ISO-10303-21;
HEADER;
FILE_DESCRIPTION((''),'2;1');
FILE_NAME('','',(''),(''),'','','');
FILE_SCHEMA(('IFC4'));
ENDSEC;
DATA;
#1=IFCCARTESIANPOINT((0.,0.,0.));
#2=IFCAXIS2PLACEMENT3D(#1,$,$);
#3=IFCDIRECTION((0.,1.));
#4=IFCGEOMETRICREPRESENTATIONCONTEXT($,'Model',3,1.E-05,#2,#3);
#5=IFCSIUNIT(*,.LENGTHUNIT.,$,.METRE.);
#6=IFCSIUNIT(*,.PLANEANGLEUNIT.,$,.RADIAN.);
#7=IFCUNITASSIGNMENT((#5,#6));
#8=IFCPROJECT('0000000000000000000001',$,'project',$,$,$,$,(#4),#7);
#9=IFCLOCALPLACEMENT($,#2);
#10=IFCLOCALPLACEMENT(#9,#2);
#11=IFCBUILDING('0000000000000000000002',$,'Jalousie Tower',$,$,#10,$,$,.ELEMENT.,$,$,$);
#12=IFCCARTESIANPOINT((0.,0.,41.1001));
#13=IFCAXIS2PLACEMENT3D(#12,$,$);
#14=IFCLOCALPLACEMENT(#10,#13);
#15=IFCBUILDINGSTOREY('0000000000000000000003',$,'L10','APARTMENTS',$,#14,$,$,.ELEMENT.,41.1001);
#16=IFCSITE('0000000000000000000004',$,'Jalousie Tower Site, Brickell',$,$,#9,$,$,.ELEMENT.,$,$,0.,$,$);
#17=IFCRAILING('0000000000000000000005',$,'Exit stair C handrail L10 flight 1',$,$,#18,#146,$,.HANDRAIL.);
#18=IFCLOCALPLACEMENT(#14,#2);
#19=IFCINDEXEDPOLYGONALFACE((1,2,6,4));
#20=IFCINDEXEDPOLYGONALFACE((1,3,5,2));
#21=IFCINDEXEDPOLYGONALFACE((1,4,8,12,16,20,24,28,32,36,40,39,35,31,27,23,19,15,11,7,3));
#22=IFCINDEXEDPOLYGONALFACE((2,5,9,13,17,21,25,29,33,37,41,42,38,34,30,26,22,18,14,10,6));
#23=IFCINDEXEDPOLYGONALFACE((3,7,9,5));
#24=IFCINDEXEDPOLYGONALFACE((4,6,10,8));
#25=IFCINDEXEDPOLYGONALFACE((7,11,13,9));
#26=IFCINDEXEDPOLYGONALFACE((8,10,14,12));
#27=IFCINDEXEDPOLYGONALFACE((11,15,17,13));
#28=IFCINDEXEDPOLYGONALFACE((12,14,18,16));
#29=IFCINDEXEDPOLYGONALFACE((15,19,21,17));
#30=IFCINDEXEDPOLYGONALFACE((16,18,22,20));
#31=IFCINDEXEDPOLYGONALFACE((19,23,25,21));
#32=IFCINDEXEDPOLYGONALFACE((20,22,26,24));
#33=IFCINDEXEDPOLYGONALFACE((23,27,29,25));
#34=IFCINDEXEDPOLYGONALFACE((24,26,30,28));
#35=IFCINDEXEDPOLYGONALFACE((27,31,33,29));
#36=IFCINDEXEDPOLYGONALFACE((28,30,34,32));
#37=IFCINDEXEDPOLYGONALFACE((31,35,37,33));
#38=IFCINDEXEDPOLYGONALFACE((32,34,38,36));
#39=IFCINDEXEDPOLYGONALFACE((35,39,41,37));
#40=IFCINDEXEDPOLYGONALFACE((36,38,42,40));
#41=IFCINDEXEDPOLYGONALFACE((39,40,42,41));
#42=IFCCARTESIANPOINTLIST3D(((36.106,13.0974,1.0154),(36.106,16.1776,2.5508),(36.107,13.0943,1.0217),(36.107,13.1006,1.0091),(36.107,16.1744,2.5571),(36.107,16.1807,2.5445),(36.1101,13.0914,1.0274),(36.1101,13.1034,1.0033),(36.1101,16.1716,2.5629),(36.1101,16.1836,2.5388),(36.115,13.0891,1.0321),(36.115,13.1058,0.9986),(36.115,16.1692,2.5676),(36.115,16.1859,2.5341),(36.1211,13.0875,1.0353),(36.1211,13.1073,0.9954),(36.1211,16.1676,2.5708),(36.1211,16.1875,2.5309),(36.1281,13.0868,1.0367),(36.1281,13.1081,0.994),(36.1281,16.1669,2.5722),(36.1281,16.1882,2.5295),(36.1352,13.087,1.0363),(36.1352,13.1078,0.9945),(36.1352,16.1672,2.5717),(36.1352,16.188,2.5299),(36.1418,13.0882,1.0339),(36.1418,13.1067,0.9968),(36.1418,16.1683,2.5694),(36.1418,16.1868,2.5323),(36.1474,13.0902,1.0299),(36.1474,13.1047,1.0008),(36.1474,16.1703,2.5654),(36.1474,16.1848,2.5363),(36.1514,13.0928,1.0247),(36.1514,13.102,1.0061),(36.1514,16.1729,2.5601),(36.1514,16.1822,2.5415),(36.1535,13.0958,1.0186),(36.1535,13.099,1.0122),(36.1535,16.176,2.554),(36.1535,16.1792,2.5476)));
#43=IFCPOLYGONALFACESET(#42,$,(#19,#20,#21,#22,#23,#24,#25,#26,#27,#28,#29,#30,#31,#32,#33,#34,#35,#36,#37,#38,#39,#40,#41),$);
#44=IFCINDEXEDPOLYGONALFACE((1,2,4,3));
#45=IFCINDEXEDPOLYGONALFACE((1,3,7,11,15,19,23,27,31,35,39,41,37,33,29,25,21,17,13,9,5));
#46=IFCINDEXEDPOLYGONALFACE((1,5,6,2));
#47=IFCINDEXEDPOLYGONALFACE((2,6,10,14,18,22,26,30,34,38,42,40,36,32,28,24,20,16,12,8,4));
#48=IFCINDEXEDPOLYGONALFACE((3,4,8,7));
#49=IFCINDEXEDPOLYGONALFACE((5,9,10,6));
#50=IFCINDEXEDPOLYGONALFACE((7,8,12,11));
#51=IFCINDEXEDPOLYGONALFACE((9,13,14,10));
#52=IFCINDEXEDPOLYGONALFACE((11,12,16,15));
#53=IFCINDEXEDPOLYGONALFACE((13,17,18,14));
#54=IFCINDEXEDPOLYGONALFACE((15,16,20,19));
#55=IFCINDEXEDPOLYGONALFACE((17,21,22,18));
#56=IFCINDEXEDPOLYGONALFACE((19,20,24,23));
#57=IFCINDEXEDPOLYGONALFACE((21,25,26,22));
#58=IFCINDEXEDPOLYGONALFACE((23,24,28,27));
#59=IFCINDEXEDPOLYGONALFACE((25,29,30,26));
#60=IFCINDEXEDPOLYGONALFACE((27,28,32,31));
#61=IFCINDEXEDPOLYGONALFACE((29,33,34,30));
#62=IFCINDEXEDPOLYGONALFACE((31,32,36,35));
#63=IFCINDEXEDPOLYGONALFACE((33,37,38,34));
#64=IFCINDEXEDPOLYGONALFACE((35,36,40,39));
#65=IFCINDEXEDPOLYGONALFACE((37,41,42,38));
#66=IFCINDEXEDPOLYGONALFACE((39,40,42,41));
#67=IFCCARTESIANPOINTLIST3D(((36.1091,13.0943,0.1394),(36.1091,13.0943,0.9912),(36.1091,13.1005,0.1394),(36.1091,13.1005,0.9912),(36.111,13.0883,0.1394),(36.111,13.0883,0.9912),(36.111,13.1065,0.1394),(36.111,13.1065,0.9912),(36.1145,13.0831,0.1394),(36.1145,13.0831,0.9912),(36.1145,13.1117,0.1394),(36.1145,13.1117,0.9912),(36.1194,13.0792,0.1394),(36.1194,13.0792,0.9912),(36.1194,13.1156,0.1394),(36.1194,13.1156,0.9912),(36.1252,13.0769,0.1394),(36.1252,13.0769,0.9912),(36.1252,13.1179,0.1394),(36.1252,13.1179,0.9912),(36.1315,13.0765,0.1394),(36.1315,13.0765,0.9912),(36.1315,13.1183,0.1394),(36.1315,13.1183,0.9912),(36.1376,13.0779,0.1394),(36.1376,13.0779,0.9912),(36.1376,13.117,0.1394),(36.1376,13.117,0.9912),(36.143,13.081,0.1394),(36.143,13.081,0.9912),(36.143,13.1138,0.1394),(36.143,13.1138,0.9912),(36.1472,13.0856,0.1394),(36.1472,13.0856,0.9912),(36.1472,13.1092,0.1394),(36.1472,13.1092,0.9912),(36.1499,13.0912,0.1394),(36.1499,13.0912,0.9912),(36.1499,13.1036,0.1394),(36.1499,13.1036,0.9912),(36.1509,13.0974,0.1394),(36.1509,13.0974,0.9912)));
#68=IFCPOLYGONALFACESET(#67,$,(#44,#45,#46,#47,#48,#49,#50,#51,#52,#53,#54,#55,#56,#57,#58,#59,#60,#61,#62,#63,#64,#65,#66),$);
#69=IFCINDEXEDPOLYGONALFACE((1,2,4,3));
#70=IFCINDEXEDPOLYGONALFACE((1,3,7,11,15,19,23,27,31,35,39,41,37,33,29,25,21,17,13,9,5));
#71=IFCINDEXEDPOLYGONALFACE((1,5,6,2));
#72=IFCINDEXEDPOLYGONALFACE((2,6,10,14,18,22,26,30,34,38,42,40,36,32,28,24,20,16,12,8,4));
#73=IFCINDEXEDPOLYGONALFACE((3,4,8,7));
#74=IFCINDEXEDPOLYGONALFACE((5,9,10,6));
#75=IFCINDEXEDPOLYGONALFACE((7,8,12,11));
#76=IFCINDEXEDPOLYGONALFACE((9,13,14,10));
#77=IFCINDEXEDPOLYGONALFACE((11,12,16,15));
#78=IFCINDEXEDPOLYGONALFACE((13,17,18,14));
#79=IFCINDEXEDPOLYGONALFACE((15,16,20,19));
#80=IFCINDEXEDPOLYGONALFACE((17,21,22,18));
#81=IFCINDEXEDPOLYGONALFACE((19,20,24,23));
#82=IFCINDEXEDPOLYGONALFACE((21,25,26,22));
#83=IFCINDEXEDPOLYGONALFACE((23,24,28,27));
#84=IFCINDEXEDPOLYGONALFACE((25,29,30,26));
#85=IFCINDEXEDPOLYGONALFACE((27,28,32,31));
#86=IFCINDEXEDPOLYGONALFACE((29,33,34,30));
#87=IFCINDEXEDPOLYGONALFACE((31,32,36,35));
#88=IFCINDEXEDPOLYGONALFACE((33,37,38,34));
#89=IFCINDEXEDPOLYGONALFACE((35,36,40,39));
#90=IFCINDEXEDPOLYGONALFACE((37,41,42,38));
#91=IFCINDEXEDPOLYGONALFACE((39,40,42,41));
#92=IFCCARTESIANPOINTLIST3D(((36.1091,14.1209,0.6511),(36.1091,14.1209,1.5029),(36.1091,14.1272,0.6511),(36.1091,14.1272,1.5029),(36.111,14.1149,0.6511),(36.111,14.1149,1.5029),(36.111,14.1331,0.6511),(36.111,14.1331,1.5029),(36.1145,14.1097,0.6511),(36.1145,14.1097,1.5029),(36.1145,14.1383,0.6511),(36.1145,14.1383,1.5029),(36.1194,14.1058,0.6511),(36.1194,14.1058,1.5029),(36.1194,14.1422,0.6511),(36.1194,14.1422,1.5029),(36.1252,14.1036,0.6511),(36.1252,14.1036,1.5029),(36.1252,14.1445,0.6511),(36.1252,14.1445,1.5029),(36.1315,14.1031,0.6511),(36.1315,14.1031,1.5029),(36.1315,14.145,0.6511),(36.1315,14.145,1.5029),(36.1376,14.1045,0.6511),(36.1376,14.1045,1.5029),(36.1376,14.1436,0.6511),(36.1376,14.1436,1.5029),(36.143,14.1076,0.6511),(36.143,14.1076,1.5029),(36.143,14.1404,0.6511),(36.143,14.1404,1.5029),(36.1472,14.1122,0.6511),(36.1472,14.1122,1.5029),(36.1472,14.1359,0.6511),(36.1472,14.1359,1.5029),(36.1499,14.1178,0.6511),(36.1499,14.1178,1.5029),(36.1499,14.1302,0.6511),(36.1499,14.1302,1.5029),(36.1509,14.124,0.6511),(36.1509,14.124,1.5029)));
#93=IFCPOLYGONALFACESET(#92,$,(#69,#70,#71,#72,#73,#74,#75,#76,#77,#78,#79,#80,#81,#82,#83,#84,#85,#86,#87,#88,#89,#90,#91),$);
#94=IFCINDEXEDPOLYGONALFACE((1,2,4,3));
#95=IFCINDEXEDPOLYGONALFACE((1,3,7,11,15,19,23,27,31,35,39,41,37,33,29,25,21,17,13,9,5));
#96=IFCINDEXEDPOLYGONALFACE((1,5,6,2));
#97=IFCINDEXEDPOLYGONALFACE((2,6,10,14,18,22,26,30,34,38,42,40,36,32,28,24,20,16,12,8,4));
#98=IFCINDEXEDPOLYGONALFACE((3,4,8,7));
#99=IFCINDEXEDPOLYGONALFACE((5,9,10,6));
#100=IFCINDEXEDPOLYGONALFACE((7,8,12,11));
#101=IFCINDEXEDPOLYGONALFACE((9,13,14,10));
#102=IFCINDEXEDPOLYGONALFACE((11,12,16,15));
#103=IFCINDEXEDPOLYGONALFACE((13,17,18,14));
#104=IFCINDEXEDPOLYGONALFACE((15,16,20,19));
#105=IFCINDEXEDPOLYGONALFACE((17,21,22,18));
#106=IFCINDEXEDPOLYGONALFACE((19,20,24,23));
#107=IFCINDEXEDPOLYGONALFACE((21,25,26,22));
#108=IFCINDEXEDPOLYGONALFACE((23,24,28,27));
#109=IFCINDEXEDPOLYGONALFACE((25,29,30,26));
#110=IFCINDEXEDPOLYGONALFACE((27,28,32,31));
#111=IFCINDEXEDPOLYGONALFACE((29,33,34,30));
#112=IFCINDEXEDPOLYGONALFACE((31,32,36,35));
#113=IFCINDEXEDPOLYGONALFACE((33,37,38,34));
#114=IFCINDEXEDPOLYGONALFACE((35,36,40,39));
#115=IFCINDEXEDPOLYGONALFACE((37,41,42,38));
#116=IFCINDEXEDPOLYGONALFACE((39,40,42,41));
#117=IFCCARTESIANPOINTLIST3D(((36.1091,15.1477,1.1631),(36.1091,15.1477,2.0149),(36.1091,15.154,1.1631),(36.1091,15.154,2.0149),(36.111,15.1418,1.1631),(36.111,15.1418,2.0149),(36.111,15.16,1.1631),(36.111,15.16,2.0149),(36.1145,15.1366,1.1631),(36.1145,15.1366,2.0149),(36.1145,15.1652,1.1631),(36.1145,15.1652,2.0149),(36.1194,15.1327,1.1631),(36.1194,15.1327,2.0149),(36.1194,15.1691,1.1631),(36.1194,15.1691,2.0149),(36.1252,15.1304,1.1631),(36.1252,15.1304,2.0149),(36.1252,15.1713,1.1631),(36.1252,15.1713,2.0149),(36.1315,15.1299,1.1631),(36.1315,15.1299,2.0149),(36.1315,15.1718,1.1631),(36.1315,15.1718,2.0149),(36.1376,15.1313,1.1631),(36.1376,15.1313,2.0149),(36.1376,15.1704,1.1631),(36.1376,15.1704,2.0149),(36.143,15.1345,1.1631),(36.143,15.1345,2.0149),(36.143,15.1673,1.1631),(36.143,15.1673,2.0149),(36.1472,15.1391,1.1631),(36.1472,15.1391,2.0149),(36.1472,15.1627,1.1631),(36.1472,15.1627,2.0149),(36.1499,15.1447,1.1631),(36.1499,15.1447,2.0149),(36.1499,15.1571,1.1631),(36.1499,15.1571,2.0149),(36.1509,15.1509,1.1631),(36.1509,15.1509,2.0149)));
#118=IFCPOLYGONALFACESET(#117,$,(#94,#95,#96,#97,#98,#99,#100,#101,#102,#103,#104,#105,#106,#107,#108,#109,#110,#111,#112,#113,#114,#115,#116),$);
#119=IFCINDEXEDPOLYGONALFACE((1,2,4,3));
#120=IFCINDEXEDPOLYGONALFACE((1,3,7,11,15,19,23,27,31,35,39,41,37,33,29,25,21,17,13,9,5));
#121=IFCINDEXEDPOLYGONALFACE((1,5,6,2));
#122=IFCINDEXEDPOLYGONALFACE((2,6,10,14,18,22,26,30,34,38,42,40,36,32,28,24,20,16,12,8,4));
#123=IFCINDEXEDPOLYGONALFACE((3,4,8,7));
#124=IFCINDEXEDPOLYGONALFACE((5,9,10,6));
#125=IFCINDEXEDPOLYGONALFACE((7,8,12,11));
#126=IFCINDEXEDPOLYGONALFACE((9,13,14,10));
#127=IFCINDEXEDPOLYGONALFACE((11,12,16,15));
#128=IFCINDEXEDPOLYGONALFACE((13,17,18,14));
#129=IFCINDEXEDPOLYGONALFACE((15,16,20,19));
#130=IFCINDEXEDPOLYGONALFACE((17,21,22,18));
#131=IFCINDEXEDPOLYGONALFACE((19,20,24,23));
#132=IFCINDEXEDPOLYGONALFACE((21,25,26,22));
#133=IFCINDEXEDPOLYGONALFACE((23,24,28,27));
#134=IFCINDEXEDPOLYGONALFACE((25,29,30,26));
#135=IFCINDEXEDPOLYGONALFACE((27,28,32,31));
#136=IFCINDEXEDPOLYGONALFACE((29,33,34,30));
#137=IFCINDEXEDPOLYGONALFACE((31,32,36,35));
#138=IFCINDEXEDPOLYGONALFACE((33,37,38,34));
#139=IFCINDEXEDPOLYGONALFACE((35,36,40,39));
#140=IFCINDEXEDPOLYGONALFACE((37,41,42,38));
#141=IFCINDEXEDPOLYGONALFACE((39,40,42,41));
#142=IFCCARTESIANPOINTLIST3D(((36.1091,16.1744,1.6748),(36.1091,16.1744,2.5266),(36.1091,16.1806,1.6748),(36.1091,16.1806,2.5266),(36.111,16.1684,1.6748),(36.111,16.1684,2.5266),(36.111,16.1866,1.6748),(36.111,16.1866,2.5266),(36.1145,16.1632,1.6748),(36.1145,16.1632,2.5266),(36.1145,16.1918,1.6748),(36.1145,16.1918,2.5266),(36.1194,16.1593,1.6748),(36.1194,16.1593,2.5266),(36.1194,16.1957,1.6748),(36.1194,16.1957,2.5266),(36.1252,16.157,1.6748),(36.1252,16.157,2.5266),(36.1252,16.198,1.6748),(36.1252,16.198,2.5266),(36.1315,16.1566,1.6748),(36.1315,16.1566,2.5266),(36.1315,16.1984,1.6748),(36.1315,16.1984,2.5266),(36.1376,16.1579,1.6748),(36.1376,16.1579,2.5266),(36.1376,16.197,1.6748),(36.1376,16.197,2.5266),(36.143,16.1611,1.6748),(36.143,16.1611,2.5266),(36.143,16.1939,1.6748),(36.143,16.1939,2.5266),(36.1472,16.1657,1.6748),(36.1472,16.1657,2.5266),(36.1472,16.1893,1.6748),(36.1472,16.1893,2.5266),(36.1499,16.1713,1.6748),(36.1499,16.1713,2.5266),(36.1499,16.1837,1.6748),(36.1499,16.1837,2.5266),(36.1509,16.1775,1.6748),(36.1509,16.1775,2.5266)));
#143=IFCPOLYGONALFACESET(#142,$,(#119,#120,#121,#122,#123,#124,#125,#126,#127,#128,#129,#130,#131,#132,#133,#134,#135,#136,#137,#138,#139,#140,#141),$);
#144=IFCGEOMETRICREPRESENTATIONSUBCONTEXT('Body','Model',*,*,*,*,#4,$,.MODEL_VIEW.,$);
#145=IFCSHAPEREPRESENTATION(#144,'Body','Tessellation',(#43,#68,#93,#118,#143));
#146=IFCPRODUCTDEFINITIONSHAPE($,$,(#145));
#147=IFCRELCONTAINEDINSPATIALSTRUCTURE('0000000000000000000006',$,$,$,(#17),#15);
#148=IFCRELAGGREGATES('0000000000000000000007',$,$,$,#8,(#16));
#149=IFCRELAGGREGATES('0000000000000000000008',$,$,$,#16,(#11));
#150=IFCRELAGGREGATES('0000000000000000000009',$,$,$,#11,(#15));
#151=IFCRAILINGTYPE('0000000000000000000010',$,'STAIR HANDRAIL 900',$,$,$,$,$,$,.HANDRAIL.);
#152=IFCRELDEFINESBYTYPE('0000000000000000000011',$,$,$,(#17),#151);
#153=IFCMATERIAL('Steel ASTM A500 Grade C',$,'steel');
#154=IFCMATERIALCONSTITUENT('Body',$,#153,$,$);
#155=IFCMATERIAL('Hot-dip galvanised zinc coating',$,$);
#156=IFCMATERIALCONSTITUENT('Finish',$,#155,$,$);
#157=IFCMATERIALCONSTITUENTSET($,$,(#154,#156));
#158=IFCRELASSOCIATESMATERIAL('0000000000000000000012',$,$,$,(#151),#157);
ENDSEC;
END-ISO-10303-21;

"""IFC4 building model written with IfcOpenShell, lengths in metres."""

from ifc_helpers import new_model, si_unit, direction, frame, origin, origin_2d, place, context, subcontext, project, spatial, circle, extrude, material, constituent, constituent_set, type_object, element, save


model = new_model("IFC4")

# Units and contexts
model_context = context("Model", 3, precision=1e-05, world=origin(), true_north=direction((0.0, 1.0)))
body_context = subcontext(model_context, "Body", "Model", "MODEL_VIEW")
ifc_project = project(units=[si_unit("LENGTHUNIT", "METRE"), si_unit("PLANEANGLEUNIT", "RADIAN")], contexts=[model_context])

# Site, building, storey
site_placement = place(None, origin())
site = spatial("IfcSite", under=ifc_project, at=site_placement, Name="Jalousie Tower Site, Brickell", CompositionType="ELEMENT", RefElevation=0.0)
building_placement = place(site_placement, origin())
building = spatial("IfcBuilding", under=site, at=building_placement, Name="Jalousie Tower", CompositionType="ELEMENT")
storey_placement = place(building_placement, frame((0.0, 0.0, 41.1001)))
storey = spatial("IfcBuildingStorey", under=building, at=storey_placement, Name="L10", Description="APARTMENTS", CompositionType="ELEMENT", Elevation=41.1001)

# Railing
ifc_material_1 = material(Name="Steel ASTM A500 Grade C", Category="steel")
ifc_constituent_1 = constituent(ifc_material_1, Name="Body")
ifc_material_2 = material(Name="Hot-dip galvanised zinc coating")
ifc_constituent_2 = constituent(ifc_material_2, Name="Finish")
ifc_constituent_set_1 = constituent_set(constituents=[ifc_constituent_1, ifc_constituent_2])
railing_type = type_object("IfcRailingType", Name="STAIR HANDRAIL 900", PredefinedType="HANDRAIL", material=ifc_constituent_set_1)
railing_placement = place(storey_placement, frame((36.1299, 13.0974, 0.1394)))
element("IfcRailing", 1, at=railing_placement, inside=storey, type_object=railing_type, Name="Exit stair C handrail L10 flight 1", PredefinedType="HANDRAIL", context=body_context, shape_type="SweptSolid", body=[
    extrude(circle(Radius=0.0239, at=origin_2d()), frame((0.0, 0.0, 0.876), z_axis=(0.0, 0.894966, 0.446135), x_axis=(-1.0, 0.0, 0.0)), (0.0, 0.0, 1.0), 3.4417),
    extrude(circle(Radius=0.021, at=origin_2d()), origin(), (0.0, 0.0, 1.0), 0.8518),
    extrude(circle(Radius=0.021, at=origin_2d()), frame((0.0, 1.0266, 0.5117)), (0.0, 0.0, 1.0), 0.8518),
    extrude(circle(Radius=0.021, at=origin_2d()), frame((0.0, 2.0535, 1.0237)), (0.0, 0.0, 1.0), 0.8518),
    extrude(circle(Radius=0.021, at=origin_2d()), frame((0.0, 3.0801, 1.5354)), (0.0, 0.0, 1.0), 0.8518),
])

save(model, "model.ifc")
